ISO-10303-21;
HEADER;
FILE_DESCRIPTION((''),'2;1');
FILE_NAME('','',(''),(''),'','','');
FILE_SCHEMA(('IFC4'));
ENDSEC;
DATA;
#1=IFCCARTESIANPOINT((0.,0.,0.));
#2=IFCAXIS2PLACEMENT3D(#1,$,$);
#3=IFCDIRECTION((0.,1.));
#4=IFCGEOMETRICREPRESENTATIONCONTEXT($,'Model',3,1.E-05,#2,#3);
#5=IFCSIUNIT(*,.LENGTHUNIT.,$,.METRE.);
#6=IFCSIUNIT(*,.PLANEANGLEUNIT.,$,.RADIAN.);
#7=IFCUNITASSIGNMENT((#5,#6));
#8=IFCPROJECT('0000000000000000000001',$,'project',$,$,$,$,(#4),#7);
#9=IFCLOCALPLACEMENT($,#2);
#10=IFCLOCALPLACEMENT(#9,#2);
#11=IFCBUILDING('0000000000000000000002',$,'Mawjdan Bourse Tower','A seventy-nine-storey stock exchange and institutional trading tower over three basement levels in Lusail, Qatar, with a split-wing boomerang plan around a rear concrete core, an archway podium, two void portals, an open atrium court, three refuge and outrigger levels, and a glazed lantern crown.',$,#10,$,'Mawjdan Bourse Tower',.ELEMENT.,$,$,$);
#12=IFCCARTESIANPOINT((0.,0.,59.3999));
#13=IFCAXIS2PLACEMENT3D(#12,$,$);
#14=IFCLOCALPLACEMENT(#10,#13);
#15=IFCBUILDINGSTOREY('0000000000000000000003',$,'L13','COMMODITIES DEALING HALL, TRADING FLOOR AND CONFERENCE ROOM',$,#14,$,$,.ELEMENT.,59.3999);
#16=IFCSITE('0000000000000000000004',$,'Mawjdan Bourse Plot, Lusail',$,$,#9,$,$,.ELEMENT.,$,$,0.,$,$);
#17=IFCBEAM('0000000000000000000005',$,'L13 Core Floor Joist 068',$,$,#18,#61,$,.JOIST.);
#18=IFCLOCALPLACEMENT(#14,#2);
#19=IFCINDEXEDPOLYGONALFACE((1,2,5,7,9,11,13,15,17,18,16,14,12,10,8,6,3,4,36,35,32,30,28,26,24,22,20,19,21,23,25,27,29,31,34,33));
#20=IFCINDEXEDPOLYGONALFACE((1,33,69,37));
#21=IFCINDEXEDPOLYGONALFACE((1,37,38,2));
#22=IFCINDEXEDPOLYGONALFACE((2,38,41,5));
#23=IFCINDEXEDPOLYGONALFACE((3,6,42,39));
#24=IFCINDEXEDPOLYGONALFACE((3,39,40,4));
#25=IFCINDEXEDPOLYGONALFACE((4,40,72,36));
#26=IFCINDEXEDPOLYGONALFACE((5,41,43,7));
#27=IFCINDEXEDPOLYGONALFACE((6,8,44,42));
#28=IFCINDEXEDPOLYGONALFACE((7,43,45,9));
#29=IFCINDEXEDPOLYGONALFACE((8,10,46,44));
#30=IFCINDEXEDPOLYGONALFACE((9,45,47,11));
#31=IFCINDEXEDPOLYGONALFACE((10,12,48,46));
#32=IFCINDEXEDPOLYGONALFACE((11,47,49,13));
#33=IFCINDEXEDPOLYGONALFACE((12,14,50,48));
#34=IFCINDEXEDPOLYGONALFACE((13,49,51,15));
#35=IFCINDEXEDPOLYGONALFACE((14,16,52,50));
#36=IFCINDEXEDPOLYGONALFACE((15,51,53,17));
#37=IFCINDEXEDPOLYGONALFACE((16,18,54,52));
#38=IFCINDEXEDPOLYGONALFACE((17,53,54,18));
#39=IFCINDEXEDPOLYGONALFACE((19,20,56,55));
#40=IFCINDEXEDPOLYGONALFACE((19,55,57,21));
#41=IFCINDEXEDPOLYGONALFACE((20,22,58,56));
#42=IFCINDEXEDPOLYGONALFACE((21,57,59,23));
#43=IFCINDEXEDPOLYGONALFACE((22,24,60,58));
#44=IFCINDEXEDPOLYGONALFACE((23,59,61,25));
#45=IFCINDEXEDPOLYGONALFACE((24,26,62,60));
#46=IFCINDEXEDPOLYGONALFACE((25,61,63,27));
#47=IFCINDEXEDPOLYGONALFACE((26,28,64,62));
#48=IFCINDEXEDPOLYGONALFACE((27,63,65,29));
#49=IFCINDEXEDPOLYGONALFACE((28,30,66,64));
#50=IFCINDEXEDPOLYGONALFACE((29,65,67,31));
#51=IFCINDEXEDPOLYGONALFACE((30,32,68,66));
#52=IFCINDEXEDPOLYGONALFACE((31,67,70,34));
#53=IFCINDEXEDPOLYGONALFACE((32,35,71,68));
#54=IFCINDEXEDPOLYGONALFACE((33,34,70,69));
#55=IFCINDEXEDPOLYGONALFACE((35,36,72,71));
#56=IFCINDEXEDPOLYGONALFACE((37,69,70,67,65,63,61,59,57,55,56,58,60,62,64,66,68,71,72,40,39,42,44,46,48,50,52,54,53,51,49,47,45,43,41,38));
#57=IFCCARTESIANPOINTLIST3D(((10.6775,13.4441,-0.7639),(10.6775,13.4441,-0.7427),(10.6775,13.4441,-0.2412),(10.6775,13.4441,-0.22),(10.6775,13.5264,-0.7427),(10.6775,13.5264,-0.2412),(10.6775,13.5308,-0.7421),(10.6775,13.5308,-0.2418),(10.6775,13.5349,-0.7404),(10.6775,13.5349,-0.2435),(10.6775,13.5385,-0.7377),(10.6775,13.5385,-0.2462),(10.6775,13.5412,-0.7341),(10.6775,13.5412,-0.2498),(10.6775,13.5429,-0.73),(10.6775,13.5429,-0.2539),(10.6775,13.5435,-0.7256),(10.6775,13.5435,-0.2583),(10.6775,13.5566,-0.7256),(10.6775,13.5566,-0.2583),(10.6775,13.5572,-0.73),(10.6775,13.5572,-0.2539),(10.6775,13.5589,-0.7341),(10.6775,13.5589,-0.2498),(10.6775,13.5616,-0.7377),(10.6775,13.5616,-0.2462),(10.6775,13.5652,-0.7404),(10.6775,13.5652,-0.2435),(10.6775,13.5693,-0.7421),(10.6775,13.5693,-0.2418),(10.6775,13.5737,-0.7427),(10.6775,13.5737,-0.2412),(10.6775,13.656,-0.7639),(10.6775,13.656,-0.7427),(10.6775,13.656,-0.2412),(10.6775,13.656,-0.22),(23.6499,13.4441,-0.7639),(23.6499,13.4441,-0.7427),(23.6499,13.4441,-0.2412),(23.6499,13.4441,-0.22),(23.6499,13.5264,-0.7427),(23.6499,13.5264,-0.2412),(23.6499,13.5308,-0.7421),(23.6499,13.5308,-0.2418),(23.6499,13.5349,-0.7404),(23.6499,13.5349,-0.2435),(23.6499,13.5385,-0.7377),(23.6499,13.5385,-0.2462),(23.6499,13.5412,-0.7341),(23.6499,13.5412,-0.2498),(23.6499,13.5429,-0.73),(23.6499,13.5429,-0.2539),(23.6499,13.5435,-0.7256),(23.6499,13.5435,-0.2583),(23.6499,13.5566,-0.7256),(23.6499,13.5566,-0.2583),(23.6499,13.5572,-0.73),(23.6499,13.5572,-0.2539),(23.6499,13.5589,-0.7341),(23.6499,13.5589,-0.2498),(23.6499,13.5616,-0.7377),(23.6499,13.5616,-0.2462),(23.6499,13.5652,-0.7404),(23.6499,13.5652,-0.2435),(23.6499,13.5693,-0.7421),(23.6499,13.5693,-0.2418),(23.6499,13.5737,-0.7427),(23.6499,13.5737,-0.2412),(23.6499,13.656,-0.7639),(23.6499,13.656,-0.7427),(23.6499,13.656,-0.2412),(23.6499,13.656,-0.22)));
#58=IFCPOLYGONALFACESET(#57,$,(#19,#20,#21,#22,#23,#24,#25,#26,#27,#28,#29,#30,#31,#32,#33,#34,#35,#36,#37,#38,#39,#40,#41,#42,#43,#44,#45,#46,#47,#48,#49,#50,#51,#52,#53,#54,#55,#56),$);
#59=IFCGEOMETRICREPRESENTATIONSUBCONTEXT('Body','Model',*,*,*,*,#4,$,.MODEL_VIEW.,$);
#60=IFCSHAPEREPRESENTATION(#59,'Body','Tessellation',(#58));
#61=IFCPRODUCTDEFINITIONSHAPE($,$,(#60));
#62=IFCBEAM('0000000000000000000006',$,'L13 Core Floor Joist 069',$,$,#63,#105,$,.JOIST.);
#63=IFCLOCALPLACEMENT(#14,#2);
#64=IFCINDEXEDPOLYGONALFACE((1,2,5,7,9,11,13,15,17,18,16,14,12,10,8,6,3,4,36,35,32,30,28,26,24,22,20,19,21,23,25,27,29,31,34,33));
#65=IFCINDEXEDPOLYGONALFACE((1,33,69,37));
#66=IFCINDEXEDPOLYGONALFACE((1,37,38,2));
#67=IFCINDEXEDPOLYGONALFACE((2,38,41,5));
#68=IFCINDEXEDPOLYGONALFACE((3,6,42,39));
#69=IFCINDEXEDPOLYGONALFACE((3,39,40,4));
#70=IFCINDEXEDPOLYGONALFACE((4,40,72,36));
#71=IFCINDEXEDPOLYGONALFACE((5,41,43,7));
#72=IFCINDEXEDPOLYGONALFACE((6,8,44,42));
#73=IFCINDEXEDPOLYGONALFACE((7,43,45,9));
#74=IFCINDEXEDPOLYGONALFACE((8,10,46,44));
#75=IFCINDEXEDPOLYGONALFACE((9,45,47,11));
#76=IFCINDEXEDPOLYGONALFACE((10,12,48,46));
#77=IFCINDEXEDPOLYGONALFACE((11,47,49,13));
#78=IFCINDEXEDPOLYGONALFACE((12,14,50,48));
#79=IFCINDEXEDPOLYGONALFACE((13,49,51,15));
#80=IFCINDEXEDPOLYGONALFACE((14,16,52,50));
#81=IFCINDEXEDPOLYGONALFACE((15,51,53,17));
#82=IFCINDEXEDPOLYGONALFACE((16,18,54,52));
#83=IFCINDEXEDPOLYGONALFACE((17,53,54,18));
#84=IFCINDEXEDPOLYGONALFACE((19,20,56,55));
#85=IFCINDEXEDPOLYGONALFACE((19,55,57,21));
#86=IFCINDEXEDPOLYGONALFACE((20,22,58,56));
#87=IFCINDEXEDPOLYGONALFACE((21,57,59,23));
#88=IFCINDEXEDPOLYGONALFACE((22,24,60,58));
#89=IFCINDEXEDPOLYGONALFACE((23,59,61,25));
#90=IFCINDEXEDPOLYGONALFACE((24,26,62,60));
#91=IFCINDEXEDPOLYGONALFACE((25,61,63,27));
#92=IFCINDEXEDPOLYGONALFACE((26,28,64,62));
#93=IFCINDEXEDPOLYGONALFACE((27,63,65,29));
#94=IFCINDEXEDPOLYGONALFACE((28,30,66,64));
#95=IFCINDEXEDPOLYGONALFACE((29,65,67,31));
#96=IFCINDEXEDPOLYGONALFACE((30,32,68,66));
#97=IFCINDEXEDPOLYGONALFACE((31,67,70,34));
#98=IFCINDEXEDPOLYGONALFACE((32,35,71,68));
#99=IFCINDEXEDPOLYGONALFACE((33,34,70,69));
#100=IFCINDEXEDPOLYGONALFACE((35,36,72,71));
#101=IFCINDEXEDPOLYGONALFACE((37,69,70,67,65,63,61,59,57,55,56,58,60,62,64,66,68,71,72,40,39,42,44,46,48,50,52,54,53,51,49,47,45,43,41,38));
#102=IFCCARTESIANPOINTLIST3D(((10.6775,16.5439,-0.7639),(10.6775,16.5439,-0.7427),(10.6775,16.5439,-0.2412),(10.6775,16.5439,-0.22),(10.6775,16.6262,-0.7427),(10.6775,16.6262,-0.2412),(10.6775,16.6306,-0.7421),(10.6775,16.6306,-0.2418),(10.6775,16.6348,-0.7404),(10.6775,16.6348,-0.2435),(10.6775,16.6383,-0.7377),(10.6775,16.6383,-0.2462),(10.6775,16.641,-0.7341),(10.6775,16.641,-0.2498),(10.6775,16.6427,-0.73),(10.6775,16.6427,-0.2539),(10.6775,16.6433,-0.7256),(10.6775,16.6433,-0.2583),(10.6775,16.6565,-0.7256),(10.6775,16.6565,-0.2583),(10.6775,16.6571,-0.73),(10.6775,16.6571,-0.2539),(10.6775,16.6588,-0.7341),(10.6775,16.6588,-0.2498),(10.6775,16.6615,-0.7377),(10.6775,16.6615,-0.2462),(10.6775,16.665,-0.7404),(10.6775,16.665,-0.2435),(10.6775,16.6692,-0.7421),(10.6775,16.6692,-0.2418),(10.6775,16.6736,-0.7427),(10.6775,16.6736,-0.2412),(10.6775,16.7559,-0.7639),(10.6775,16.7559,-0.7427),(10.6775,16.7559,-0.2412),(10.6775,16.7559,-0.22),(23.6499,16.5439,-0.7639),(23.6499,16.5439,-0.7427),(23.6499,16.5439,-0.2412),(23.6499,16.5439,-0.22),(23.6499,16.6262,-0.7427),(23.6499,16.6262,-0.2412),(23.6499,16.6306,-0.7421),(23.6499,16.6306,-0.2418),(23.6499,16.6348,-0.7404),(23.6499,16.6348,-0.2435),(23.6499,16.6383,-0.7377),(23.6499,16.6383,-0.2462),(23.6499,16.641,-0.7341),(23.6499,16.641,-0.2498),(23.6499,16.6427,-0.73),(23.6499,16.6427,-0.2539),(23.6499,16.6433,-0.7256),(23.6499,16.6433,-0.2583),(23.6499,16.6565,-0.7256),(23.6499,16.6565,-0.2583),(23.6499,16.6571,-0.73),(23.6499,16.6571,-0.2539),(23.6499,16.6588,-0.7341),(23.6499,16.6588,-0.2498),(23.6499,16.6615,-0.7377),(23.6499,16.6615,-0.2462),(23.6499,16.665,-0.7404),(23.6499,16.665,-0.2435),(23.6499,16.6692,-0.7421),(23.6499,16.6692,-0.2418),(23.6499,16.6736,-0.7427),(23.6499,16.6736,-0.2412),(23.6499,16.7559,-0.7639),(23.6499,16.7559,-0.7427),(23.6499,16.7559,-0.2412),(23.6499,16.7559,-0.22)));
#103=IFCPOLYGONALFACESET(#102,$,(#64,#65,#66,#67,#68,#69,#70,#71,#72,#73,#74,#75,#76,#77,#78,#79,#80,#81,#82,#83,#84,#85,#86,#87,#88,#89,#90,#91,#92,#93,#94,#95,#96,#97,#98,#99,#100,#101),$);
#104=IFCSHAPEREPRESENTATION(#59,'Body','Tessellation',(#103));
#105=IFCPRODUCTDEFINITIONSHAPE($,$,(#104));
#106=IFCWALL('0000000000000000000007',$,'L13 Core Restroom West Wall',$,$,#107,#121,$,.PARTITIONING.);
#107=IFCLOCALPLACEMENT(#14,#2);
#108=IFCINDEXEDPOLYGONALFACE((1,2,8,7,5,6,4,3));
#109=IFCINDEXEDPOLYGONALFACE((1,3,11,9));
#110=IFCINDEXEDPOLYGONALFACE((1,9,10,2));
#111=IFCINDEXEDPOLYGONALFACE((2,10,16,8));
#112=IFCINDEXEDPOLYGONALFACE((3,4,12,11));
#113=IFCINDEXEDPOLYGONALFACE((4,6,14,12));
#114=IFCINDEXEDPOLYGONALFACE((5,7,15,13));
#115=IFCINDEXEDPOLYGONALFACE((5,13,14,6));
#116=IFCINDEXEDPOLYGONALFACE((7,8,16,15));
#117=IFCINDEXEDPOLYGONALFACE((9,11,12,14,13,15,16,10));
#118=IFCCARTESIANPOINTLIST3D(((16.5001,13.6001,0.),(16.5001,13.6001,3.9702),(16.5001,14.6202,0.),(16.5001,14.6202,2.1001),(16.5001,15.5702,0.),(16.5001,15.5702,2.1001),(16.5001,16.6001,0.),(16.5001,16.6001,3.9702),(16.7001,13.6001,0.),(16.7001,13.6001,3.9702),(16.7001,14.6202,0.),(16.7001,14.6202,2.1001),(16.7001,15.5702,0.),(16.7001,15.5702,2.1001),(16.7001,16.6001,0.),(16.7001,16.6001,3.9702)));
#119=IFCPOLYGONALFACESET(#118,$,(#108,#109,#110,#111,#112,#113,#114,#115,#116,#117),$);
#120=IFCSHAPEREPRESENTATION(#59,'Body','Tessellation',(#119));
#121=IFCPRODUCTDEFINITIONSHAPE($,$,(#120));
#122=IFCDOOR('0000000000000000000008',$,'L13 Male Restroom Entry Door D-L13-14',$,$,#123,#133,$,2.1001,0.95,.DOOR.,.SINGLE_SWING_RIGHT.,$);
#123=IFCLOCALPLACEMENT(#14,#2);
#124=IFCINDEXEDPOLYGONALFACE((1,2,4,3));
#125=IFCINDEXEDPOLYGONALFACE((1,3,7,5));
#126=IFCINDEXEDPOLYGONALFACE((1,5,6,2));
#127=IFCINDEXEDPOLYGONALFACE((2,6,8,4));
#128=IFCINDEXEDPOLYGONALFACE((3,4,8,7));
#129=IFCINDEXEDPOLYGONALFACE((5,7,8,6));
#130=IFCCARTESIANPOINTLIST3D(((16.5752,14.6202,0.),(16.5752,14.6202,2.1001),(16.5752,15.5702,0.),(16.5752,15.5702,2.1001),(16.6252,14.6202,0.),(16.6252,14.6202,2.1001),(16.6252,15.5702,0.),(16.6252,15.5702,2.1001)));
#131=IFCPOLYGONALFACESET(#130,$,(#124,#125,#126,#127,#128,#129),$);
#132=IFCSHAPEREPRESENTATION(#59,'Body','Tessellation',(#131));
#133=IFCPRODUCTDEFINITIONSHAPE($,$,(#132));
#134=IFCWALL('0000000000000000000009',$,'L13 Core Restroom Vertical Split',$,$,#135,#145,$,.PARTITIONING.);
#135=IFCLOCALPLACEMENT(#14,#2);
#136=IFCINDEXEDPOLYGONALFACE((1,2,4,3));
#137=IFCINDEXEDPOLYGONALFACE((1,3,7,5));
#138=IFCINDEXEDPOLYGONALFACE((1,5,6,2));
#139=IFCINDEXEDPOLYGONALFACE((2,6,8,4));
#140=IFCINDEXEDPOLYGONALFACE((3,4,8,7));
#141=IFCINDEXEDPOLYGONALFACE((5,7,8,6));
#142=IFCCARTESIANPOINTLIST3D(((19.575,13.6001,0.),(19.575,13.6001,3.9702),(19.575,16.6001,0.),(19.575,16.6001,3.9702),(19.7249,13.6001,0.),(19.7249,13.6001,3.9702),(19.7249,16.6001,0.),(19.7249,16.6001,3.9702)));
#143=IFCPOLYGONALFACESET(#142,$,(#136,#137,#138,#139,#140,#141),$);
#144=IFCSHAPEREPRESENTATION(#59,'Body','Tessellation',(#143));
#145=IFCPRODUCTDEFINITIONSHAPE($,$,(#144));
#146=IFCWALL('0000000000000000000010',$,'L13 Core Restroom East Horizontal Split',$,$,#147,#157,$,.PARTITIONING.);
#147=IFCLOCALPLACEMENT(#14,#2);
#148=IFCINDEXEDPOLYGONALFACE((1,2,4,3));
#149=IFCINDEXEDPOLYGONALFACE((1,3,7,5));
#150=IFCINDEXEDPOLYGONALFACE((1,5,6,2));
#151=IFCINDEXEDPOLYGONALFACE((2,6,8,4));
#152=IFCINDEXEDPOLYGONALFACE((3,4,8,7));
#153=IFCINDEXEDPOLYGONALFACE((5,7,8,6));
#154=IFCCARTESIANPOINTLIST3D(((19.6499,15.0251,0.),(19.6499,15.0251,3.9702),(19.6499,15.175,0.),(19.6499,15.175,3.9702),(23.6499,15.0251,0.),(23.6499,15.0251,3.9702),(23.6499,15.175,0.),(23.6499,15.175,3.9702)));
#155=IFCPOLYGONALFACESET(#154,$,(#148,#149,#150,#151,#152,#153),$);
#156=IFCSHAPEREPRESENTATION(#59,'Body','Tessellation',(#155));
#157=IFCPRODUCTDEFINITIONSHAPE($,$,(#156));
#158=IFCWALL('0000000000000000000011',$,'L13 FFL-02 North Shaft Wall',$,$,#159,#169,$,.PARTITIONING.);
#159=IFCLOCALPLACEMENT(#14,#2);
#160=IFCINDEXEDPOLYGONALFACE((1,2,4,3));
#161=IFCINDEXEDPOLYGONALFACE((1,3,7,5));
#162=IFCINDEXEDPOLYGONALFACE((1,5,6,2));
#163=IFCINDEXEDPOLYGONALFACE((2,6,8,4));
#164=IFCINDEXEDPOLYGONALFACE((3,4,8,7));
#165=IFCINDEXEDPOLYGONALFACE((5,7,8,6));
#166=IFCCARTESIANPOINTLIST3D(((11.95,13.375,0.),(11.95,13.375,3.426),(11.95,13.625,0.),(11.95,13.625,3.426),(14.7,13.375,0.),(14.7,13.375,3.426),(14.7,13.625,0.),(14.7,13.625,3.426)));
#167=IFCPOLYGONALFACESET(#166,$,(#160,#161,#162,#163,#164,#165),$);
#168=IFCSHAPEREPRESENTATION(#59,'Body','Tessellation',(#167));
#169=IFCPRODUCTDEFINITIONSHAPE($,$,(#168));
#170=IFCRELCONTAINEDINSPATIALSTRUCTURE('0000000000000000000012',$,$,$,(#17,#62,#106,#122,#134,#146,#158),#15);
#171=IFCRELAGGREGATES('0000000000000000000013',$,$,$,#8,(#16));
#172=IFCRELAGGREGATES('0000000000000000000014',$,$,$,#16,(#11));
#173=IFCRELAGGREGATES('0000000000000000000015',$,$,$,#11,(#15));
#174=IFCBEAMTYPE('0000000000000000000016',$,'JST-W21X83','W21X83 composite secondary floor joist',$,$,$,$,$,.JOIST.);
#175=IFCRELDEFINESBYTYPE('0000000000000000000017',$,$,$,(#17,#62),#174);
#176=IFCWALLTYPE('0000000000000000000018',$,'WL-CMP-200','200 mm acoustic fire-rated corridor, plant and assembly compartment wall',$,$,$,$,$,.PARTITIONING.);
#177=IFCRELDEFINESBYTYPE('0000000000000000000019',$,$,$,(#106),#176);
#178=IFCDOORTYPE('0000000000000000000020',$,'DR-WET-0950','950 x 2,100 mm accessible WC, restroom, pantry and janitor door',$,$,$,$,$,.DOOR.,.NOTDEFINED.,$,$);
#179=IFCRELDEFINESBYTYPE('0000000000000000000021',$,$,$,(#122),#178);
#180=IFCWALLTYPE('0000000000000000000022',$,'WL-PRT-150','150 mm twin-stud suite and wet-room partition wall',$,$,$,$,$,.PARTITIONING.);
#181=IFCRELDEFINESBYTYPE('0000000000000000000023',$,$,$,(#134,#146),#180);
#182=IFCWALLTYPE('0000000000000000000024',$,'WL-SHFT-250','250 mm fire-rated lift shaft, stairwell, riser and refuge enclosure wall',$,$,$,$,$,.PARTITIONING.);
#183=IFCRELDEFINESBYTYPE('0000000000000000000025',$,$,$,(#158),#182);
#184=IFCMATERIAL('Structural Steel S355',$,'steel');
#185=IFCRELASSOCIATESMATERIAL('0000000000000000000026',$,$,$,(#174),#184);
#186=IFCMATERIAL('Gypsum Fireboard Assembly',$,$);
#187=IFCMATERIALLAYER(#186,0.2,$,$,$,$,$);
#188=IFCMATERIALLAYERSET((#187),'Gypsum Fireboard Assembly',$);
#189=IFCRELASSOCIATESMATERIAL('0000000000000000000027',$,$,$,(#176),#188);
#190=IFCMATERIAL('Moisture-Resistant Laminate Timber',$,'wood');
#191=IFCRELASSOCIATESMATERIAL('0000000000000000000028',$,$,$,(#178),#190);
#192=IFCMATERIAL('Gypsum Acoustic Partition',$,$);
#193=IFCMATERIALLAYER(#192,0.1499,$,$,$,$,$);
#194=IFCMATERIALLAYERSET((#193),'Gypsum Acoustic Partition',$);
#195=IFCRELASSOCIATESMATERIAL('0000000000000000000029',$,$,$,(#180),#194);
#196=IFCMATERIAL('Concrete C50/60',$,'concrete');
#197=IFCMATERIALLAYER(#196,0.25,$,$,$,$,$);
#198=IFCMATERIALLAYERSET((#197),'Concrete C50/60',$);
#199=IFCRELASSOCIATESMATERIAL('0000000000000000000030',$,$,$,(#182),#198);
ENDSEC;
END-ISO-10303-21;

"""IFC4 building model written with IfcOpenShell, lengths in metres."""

from ifc_helpers import new_model, si_unit, direction, frame, frame_2d, origin, origin_2d, place, context, subcontext, project, spatial, rectangle, i_section, extrude, material, layer, layer_set, material_profile, profile_set, type_object, element, fill, save


model = new_model("IFC4")

# Units and contexts
model_context = context("Model", 3, precision=1e-05, world=origin(), true_north=direction((0.0, 1.0)))
body_context = subcontext(model_context, "Body", "Model", "MODEL_VIEW")
ifc_project = project(units=[si_unit("LENGTHUNIT", "METRE"), si_unit("PLANEANGLEUNIT", "RADIAN")], contexts=[model_context])

# Site, building, storey
site_placement = place(None, origin())
site = spatial("IfcSite", under=ifc_project, at=site_placement, Name="Mawjdan Bourse Plot, Lusail", CompositionType="ELEMENT", RefElevation=0.0)
building_placement = place(site_placement, origin())
building = spatial("IfcBuilding", under=site, at=building_placement, Name="Mawjdan Bourse Tower", Description="A seventy-nine-storey stock exchange and institutional trading tower over three basement levels in Lusail, Qatar, with a split-wing boomerang plan around a rear concrete core, an archway podium, two void portals, an open atrium court, three refuge and outrigger levels, and a glazed lantern crown.", LongName="Mawjdan Bourse Tower", CompositionType="ELEMENT")
storey_placement = place(building_placement, frame((0.0, 0.0, 59.3999)))
storey = spatial("IfcBuildingStorey", under=building, at=storey_placement, Name="L13", Description="COMMODITIES DEALING HALL, TRADING FLOOR AND CONFERENCE ROOM", CompositionType="ELEMENT", Elevation=59.3999)

# Beams
ifc_material_1 = material(Name="Structural Steel S355", Category="steel")
ifc_material_profile = material_profile(ifc_material_1, i_section(OverallWidth=0.2119, OverallDepth=0.5439, WebThickness=0.0132, FlangeThickness=0.0212, FilletRadius=0.0171, at=origin_2d()), Name="W21X83")
ifc_profile_set = profile_set([ifc_material_profile], Name="Structural Steel S355")
beam_type = type_object("IfcBeamType", Name="JST-W21X83", Description="W21X83 composite secondary floor joist", PredefinedType="JOIST", material=ifc_profile_set)
for number, where, z_axis, x_axis, name in (
    (1, (10.6775, 13.55, -0.4919), (1.0, 0.0, 0.0), (0.0, 1.0, 0.0), "L13 Core Floor Joist 068"),
    (2, (10.6775, 16.6499, -0.4919), (1.0, 0.0, 0.0), (0.0, 1.0, 0.0), "L13 Core Floor Joist 069"),
):
    element("IfcBeam", number, at=place(storey_placement, frame(where, z_axis=z_axis, x_axis=x_axis)), inside=storey, type_object=beam_type, Name=name, PredefinedType="JOIST", context=body_context, shape_type="SweptSolid", body=[
        extrude(i_section(OverallWidth=0.2119, OverallDepth=0.5439, WebThickness=0.0132, FlangeThickness=0.0212, FilletRadius=0.0171, at=origin_2d()), origin(), (0.0, 0.0, 1.0), 12.9724),
    ])

# Wall, opening, door
ifc_material_2 = material(Name="Gypsum Fireboard Assembly")
ifc_layer_1 = layer(ifc_material_2, 0.2)
ifc_layer_set_1 = layer_set([ifc_layer_1], Name="Gypsum Fireboard Assembly")
wall_type_1 = type_object("IfcWallType", Name="WL-CMP-200", Description="200 mm acoustic fire-rated corridor, plant and assembly compartment wall", PredefinedType="PARTITIONING", material=ifc_layer_set_1)
wall_1_placement = place(storey_placement, frame((16.6001, 13.6001, 0.0), z_axis=(0.0, 0.0, 1.0), x_axis=(0.0, 1.0, 0.0)))
wall_1 = element("IfcWall", 3, at=wall_1_placement, inside=storey, type_object=wall_type_1, Name="L13 Core Restroom West Wall", PredefinedType="PARTITIONING", context=body_context, shape_type="SweptSolid", body=[
    extrude(rectangle(XDim=3.0, YDim=0.2, at=frame_2d((1.5, 0.0))), origin(), (0.0, 0.0, 1.0), 3.9702),
])
opening_1_placement = place(wall_1_placement, frame((1.02, 0.0, 0.0)))
opening_1 = element("IfcOpeningElement", 4, at=opening_1_placement, cuts=wall_1, PredefinedType="OPENING", context=body_context, shape_type="SweptSolid", body=[
    extrude(rectangle(XDim=0.95, YDim=2.1001, at=frame_2d((0.4751, 1.05))), frame((0.0, 0.1099, 0.0), z_axis=(0.0, -1.0, 0.0), x_axis=(1.0, 0.0, 0.0)), (0.0, 0.0, 1.0), 0.22),
])
ifc_material_3 = material(Name="Moisture-Resistant Laminate Timber", Category="wood")
door_type_1 = type_object("IfcDoorType", Name="DR-WET-0950", Description="950 x 2,100 mm accessible WC, restroom, pantry and janitor door", OperationType="NOTDEFINED", PredefinedType="DOOR", material=ifc_material_3)
door_1_placement = place(opening_1_placement, origin())
door_1 = element("IfcDoor", 5, at=door_1_placement, inside=storey, type_object=door_type_1, Name="L13 Male Restroom Entry Door D-L13-14", OperationType="SINGLE_SWING_RIGHT", OverallHeight=2.1001, OverallWidth=0.95, PredefinedType="DOOR", context=body_context, shape_type="SweptSolid", body=[
    extrude(rectangle(XDim=0.95, YDim=2.1001, at=frame_2d((0.4751, 1.05))), frame((0.0, 0.0249, 0.0), z_axis=(0.0, -1.0, 0.0), x_axis=(1.0, 0.0, 0.0)), (0.0, 0.0, 1.0), 0.05),
])
fill(opening_1, door_1)

# Walls
ifc_material_4 = material(Name="Gypsum Acoustic Partition")
ifc_layer_2 = layer(ifc_material_4, 0.1499)
ifc_layer_set_2 = layer_set([ifc_layer_2], Name="Gypsum Acoustic Partition")
wall_type_2 = type_object("IfcWallType", Name="WL-PRT-150", Description="150 mm twin-stud suite and wet-room partition wall", PredefinedType="PARTITIONING", material=ifc_layer_set_2)
wall_2_placement = place(storey_placement, frame((19.6499, 13.6001, 0.0), z_axis=(0.0, 0.0, 1.0), x_axis=(0.0, 1.0, 0.0)))
element("IfcWall", 6, at=wall_2_placement, inside=storey, type_object=wall_type_2, Name="L13 Core Restroom Vertical Split", PredefinedType="PARTITIONING", context=body_context, shape_type="SweptSolid", body=[
    extrude(rectangle(XDim=3.0, YDim=0.1499, at=frame_2d((1.5, 0.0))), origin(), (0.0, 0.0, 1.0), 3.9702),
])
wall_3_placement = place(storey_placement, frame((19.6499, 15.1001, 0.0), z_axis=(0.0, 0.0, 1.0), x_axis=(1.0, 0.0, 0.0)))
element("IfcWall", 7, at=wall_3_placement, inside=storey, type_object=wall_type_2, Name="L13 Core Restroom East Horizontal Split", PredefinedType="PARTITIONING", context=body_context, shape_type="SweptSolid", body=[
    extrude(rectangle(XDim=4.0, YDim=0.1499, at=frame_2d((2.0, 0.0))), origin(), (0.0, 0.0, 1.0), 3.9702),
])
ifc_material_5 = material(Name="Concrete C50/60", Category="concrete")
ifc_layer_3 = layer(ifc_material_5, 0.25)
ifc_layer_set_3 = layer_set([ifc_layer_3], Name="Concrete C50/60")
wall_type_3 = type_object("IfcWallType", Name="WL-SHFT-250", Description="250 mm fire-rated lift shaft, stairwell, riser and refuge enclosure wall", PredefinedType="PARTITIONING", material=ifc_layer_set_3)
wall_4_placement = place(storey_placement, frame((11.95, 13.5, 0.0), z_axis=(0.0, 0.0, 1.0), x_axis=(1.0, 0.0, 0.0)))
element("IfcWall", 8, at=wall_4_placement, inside=storey, type_object=wall_type_3, Name="L13 FFL-02 North Shaft Wall", PredefinedType="PARTITIONING", context=body_context, shape_type="SweptSolid", body=[
    extrude(rectangle(XDim=2.75, YDim=0.25, at=frame_2d((1.375, 0.0))), origin(), (0.0, 0.0, 1.0), 3.426),
])

save(model, "model.ifc")
